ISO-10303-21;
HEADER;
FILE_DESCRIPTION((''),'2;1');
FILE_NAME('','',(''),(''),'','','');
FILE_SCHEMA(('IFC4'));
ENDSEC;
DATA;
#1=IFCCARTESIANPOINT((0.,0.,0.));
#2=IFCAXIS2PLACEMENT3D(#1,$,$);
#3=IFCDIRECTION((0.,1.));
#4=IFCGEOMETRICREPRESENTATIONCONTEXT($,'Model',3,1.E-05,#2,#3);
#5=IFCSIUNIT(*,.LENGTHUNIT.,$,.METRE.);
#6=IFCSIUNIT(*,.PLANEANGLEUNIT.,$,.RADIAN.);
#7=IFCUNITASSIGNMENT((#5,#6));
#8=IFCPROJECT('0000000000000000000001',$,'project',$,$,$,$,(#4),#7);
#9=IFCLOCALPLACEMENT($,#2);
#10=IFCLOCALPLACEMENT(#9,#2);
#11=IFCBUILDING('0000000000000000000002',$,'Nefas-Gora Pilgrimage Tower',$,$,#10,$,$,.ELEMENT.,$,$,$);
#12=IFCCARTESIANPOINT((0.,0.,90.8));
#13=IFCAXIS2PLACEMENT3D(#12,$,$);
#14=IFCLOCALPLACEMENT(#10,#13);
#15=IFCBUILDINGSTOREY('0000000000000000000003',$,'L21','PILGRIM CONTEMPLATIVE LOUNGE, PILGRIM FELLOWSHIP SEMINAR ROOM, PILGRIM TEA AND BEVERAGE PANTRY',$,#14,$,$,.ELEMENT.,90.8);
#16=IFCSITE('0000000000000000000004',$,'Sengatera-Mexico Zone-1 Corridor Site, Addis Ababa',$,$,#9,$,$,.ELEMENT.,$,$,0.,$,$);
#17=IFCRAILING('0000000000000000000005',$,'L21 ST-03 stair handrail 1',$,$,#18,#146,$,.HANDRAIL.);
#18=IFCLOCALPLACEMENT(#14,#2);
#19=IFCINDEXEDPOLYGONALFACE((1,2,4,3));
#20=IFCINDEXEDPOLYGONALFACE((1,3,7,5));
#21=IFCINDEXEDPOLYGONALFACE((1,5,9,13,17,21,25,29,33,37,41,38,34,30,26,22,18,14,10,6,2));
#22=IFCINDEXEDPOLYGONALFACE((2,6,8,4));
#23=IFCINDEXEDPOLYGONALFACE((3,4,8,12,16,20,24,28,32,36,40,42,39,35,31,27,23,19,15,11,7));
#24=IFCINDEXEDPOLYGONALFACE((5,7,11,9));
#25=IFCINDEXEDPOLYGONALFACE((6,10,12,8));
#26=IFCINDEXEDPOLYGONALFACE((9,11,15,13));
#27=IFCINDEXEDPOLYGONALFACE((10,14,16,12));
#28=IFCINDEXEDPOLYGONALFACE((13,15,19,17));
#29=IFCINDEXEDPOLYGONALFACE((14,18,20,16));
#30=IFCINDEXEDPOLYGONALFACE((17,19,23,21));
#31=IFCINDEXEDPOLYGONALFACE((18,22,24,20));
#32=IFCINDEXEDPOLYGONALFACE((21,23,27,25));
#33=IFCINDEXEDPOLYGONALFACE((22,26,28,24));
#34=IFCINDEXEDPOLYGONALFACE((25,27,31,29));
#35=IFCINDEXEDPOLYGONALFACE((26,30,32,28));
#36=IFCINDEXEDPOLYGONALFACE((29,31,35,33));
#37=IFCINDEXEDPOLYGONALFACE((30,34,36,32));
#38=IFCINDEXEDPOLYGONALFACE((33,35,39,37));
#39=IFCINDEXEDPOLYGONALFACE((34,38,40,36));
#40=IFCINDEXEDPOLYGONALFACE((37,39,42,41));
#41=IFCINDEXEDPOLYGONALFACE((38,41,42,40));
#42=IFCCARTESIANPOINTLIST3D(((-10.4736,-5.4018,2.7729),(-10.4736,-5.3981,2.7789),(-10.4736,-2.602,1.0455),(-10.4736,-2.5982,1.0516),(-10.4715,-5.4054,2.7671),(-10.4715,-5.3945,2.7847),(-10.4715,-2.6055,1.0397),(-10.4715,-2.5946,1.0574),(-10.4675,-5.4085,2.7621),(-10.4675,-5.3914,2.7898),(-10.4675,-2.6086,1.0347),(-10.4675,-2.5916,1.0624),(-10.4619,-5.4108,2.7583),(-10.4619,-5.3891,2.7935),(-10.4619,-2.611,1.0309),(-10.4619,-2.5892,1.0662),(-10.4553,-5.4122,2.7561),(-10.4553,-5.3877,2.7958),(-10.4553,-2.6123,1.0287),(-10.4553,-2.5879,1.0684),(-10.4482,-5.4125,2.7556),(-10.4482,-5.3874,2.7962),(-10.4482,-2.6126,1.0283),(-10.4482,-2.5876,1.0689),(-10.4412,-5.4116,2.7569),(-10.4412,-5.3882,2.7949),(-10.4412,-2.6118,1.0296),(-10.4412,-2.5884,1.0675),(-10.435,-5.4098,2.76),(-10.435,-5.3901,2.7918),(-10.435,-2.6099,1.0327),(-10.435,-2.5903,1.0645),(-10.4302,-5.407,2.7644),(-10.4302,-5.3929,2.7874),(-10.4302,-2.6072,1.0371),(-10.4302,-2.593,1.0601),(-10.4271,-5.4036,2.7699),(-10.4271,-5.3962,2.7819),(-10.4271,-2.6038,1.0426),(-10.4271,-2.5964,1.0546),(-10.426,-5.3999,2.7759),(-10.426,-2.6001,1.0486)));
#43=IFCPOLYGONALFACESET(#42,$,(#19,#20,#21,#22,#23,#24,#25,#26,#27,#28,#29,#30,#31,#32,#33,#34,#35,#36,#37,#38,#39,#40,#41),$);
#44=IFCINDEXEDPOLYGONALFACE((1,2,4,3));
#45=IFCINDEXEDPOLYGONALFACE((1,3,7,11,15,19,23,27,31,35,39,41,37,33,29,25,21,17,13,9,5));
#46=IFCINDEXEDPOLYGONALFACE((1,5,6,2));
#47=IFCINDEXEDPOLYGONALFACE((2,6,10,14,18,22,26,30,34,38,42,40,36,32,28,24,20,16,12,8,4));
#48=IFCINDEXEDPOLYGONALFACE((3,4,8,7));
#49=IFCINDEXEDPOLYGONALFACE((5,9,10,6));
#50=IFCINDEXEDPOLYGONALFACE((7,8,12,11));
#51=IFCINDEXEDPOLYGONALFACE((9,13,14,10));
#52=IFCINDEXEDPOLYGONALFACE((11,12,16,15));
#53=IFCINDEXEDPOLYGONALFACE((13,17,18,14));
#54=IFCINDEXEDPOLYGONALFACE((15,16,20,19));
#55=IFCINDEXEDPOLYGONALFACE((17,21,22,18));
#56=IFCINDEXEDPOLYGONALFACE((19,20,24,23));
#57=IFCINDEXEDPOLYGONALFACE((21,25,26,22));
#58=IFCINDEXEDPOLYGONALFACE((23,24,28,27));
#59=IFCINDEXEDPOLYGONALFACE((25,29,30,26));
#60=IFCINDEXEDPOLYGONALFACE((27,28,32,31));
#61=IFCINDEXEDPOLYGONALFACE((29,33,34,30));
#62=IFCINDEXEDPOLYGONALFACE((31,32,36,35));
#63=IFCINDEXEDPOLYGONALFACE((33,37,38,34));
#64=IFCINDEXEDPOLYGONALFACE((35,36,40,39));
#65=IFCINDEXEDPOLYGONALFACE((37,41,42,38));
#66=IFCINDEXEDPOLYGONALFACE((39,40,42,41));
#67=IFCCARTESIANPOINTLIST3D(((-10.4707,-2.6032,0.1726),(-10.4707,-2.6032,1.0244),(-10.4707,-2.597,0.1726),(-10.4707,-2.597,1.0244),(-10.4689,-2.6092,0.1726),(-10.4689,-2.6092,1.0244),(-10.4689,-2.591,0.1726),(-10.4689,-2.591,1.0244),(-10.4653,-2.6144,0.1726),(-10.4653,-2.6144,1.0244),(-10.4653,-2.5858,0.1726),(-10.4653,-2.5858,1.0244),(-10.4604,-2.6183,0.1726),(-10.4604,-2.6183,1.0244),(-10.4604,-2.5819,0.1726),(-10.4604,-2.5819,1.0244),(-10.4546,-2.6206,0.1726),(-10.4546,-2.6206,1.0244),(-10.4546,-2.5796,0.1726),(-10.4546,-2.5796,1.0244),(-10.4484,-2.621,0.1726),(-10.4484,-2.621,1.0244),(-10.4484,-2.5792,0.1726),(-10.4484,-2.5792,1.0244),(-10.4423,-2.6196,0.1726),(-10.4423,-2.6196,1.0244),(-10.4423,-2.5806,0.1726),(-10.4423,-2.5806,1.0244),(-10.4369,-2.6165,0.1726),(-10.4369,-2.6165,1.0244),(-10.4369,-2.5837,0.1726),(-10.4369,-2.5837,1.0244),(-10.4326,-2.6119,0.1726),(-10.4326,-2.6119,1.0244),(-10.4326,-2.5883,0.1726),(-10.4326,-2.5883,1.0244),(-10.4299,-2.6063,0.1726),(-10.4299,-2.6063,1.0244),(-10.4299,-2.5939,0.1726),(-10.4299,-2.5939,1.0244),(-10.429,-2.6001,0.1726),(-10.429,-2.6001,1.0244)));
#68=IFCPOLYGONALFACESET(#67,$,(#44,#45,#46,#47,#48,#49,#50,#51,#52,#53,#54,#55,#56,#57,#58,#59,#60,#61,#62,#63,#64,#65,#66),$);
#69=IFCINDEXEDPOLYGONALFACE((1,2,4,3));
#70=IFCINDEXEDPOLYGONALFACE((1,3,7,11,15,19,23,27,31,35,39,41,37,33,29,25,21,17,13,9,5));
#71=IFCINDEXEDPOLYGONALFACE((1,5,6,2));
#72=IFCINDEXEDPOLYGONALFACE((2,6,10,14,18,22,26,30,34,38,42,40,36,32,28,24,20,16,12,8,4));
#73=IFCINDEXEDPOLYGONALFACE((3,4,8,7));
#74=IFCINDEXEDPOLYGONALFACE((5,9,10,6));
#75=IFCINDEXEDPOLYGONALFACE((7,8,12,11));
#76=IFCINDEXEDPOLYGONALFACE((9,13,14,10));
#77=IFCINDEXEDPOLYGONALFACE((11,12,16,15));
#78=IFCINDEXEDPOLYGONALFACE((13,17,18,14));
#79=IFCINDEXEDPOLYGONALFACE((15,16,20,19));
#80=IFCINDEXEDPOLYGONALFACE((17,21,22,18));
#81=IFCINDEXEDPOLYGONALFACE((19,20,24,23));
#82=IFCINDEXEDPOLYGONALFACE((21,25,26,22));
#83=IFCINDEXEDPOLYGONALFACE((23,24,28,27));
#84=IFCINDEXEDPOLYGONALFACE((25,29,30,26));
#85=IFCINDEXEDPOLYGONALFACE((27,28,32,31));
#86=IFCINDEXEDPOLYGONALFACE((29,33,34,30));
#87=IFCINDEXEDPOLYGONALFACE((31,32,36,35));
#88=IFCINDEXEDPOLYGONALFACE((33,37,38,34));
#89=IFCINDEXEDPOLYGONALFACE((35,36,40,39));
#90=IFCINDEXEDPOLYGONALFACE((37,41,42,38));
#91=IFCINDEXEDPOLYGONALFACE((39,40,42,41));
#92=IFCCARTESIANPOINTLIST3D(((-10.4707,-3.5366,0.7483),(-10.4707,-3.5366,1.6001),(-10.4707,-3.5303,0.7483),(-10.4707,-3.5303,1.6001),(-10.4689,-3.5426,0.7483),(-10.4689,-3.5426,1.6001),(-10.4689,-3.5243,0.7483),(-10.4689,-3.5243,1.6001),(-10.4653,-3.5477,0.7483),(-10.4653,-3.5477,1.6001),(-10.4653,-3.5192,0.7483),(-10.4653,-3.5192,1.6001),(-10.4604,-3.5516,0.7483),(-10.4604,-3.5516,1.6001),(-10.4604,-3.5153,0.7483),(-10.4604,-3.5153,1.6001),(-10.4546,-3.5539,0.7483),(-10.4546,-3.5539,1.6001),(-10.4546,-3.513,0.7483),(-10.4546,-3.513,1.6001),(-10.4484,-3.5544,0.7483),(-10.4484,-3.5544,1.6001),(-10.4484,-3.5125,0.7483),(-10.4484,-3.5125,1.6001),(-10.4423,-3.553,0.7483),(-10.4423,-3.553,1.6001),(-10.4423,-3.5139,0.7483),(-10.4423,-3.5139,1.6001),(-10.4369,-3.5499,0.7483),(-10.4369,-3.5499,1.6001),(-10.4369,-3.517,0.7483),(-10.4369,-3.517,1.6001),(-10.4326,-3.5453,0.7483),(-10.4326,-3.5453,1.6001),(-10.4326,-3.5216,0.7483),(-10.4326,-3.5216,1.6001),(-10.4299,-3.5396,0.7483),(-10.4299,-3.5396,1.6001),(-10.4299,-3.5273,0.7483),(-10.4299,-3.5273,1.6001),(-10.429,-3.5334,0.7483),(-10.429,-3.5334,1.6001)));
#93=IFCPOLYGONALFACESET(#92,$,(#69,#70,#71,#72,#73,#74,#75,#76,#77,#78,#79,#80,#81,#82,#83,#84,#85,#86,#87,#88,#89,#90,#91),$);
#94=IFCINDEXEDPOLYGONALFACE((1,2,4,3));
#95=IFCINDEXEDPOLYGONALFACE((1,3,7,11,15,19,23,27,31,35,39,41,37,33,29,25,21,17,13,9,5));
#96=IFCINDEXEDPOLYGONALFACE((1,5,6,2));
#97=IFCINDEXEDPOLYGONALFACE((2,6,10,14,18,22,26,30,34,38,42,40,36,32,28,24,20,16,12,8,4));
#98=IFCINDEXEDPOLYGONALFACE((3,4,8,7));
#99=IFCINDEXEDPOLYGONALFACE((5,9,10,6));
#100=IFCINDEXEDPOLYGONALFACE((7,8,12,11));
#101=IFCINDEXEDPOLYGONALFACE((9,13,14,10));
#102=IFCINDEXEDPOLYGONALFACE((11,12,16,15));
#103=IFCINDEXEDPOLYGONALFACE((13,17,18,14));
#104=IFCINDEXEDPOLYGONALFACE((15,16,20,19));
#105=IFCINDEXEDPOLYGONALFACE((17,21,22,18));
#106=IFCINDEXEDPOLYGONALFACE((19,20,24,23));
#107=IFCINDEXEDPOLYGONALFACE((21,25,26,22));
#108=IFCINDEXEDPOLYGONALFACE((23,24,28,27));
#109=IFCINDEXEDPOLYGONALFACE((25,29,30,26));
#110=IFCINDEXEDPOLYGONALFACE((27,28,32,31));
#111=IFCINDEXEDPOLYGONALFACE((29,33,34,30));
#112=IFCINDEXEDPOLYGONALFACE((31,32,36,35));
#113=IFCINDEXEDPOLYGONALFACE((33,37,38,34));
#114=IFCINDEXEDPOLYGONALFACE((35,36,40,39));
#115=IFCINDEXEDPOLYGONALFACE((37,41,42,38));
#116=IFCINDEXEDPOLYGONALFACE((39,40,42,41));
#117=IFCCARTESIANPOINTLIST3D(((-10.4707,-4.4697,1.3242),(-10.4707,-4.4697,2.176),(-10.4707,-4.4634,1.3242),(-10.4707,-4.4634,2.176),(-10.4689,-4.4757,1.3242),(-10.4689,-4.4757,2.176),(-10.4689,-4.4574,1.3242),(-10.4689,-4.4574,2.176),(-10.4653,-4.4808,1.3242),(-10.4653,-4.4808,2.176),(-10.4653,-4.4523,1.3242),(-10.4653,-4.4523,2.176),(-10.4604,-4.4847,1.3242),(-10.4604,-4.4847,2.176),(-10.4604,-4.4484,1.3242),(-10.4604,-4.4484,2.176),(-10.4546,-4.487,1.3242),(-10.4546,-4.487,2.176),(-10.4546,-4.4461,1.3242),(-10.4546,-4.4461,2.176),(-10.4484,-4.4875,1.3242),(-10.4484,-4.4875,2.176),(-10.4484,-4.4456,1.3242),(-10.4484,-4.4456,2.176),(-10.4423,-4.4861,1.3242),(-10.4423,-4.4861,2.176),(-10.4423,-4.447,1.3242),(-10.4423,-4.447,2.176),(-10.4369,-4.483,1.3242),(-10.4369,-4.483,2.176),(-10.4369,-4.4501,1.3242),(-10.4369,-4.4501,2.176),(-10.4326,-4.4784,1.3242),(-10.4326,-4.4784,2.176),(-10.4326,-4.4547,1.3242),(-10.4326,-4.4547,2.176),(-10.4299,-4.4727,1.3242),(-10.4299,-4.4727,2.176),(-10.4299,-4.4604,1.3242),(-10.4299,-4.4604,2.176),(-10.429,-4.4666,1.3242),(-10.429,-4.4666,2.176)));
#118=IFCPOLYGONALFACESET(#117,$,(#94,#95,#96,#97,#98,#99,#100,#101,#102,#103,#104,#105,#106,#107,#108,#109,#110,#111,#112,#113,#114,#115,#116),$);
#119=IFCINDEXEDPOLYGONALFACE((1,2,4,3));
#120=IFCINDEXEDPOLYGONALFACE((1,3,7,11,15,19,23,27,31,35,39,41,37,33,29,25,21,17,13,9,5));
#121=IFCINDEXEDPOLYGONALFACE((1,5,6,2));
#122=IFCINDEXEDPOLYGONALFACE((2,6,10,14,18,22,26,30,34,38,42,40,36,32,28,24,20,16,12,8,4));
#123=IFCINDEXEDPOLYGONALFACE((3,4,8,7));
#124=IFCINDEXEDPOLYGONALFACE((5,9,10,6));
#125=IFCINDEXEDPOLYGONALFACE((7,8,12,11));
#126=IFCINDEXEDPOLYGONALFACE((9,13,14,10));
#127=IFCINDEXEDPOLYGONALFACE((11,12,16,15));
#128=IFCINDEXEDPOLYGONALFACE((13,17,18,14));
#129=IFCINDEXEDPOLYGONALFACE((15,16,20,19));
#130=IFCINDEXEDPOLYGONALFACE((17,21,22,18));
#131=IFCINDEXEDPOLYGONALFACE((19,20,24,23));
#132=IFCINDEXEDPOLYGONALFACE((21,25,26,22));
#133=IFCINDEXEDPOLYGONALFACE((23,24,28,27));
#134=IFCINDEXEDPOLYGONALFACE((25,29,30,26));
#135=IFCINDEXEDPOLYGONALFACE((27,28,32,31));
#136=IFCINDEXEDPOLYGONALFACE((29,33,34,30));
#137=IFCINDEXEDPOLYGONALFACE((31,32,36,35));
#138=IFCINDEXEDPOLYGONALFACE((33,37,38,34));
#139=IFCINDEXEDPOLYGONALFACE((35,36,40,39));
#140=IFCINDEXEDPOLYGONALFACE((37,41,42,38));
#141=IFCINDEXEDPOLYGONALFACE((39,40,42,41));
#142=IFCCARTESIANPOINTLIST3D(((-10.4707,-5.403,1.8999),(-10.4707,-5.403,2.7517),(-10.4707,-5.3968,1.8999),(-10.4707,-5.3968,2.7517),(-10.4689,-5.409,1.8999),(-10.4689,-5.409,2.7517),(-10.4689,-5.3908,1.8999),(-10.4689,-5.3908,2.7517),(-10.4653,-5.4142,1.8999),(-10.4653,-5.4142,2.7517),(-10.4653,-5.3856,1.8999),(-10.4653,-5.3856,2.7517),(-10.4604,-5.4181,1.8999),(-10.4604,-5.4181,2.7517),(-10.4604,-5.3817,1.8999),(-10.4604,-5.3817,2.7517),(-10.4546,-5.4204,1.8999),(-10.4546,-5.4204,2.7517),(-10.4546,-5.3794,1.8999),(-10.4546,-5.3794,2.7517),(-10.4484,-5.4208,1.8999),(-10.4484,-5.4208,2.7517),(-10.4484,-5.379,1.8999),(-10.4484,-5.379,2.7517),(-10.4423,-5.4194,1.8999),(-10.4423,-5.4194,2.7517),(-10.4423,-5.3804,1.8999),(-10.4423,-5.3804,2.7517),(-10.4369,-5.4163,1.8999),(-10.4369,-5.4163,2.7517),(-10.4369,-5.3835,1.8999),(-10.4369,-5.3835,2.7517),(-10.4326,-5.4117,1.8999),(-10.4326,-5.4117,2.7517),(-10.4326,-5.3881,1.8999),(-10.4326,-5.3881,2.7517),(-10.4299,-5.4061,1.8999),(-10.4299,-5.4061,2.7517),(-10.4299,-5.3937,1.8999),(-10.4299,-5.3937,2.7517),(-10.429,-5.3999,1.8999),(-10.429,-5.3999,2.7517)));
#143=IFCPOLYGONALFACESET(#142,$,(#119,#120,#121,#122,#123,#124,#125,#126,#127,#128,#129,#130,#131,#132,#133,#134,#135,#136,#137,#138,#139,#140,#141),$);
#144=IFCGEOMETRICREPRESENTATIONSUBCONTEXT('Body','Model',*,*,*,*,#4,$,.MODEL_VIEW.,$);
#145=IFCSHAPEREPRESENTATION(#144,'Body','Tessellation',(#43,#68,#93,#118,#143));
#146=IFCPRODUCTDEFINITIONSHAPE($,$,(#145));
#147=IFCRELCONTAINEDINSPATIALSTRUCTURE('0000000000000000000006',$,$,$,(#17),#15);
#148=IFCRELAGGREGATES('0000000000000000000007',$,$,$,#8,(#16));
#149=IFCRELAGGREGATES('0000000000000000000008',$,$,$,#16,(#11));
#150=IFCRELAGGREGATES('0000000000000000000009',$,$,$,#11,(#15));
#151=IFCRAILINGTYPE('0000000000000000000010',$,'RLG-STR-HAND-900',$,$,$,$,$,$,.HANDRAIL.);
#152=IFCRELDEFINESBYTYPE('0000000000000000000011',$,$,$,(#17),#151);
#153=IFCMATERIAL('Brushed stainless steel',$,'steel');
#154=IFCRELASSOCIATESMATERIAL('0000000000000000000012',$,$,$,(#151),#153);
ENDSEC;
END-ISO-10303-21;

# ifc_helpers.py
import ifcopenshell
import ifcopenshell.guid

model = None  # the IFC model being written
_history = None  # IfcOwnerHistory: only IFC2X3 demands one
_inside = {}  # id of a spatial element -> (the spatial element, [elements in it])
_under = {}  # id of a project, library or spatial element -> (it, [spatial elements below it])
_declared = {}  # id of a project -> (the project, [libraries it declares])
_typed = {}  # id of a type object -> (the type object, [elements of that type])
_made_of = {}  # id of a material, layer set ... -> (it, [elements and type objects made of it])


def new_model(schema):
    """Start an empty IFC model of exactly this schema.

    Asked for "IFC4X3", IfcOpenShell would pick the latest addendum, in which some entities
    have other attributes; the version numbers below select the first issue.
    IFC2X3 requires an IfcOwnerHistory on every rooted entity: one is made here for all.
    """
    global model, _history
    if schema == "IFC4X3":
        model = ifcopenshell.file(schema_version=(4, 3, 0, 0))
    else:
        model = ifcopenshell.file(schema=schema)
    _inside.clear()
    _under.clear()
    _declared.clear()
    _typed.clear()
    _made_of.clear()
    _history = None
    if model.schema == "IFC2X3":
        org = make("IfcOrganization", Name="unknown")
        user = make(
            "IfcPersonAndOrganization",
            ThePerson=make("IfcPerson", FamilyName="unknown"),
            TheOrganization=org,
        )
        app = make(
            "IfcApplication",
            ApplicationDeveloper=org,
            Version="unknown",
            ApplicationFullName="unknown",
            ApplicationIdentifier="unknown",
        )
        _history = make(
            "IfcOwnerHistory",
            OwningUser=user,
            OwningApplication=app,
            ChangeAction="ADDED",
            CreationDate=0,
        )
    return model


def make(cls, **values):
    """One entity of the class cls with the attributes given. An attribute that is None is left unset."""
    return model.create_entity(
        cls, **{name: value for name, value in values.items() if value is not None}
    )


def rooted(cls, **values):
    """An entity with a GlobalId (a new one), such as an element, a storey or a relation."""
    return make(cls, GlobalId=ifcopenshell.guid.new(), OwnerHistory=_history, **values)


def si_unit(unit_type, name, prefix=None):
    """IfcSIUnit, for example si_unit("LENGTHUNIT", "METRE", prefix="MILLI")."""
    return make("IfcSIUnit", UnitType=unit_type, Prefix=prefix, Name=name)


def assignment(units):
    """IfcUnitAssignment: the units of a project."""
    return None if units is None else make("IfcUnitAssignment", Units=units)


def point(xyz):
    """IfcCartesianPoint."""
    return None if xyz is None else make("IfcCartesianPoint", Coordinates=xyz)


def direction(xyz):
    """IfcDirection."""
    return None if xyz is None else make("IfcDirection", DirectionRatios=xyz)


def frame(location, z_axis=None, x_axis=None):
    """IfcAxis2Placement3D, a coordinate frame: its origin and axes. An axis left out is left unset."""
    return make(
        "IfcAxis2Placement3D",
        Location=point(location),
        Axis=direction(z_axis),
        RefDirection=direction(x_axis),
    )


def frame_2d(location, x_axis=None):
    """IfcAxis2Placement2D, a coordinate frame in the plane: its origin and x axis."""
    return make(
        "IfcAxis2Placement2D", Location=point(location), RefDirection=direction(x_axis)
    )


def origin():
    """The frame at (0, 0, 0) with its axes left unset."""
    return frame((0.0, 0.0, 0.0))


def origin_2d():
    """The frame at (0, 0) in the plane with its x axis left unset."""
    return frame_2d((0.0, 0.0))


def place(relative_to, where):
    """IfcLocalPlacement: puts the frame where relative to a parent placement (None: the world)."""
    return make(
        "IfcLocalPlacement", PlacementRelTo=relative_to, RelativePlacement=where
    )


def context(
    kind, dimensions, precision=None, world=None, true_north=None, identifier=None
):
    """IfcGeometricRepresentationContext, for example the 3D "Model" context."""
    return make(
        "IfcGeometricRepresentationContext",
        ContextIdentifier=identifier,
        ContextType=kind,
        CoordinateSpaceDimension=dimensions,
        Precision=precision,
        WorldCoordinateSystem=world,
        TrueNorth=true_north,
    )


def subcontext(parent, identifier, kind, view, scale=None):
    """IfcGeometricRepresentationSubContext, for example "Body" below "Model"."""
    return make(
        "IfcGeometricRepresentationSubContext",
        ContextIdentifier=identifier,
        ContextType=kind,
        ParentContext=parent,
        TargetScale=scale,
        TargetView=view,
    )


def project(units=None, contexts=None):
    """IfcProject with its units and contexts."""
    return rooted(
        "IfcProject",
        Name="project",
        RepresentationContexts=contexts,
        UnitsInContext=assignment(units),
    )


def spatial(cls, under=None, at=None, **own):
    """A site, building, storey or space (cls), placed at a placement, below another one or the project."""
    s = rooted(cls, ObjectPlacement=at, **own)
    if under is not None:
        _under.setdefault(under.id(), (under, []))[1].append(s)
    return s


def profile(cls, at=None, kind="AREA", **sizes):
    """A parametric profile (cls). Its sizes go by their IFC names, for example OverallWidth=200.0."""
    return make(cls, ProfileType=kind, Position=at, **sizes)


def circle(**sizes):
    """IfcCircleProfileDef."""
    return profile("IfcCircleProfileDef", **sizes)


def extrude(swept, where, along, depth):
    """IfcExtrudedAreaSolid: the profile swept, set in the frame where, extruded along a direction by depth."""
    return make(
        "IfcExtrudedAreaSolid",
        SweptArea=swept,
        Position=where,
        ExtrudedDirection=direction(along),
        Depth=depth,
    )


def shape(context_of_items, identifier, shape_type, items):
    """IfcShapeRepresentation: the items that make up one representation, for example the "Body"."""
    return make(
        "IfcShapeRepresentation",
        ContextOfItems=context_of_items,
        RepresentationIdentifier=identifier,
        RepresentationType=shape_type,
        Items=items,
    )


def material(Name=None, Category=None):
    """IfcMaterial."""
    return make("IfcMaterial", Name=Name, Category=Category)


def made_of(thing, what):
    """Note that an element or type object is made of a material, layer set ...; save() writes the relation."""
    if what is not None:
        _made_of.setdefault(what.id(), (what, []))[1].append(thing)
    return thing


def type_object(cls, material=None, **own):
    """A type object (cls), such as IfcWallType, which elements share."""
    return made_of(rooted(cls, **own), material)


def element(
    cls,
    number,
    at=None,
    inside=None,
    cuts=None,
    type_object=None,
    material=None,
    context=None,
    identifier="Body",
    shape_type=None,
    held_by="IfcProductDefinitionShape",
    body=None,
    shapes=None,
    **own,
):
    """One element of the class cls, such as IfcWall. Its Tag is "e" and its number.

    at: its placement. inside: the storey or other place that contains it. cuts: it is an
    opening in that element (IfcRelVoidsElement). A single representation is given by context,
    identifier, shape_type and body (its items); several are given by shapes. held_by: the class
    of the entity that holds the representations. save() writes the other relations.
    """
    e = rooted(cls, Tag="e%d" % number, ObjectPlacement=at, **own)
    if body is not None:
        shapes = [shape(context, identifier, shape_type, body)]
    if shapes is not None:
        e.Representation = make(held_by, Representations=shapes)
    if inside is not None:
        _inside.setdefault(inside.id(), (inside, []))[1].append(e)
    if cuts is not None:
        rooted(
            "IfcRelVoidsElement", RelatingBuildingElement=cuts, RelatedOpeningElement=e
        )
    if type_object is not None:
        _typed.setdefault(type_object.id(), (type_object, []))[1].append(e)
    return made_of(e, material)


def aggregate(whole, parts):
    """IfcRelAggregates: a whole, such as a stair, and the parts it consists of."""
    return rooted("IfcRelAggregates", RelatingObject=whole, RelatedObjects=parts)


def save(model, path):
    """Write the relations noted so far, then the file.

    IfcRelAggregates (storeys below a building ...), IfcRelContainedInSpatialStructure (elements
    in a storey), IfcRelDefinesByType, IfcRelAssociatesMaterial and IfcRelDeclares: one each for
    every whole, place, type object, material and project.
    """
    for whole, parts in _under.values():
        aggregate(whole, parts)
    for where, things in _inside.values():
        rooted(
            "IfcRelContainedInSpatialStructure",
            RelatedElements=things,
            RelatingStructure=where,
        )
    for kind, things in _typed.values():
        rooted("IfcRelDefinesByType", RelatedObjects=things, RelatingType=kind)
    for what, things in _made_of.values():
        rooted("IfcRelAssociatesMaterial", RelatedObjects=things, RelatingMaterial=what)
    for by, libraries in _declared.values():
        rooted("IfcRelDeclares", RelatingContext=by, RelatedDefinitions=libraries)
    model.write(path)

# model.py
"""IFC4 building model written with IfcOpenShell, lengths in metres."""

from ifc_helpers import new_model, si_unit, direction, frame, origin, origin_2d, place, context, subcontext, project, spatial, circle, extrude, material, type_object, element, save


model = new_model("IFC4")

# Units and contexts
model_context = context("Model", 3, precision=1e-05, world=origin(), true_north=direction((0.0, 1.0)))
body_context = subcontext(model_context, "Body", "Model", "MODEL_VIEW")
ifc_project = project(units=[si_unit("LENGTHUNIT", "METRE"), si_unit("PLANEANGLEUNIT", "RADIAN")], contexts=[model_context])

# Site, building, storey
site_placement = place(None, origin())
site = spatial("IfcSite", under=ifc_project, at=site_placement, Name="Sengatera-Mexico Zone-1 Corridor Site, Addis Ababa", CompositionType="ELEMENT", RefElevation=0.0)
building_placement = place(site_placement, origin())
building = spatial("IfcBuilding", under=site, at=building_placement, Name="Nefas-Gora Pilgrimage Tower", CompositionType="ELEMENT")
storey_placement = place(building_placement, frame((0.0, 0.0, 90.8)))
storey = spatial("IfcBuildingStorey", under=building, at=storey_placement, Name="L21", Description="PILGRIM CONTEMPLATIVE LOUNGE, PILGRIM FELLOWSHIP SEMINAR ROOM, PILGRIM TEA AND BEVERAGE PANTRY", CompositionType="ELEMENT", Elevation=90.8)

# Railing
ifc_material_1 = material(Name="Brushed stainless steel", Category="steel")
railing_type_1 = type_object("IfcRailingType", Name="RLG-STR-HAND-900", PredefinedType="HANDRAIL", material=ifc_material_1)
railing_1_placement = place(storey_placement, frame((-10.45, -2.6001, 0.1726)))
element("IfcRailing", 1, at=railing_1_placement, inside=storey, type_object=railing_type_1, Name="L21 ST-03 stair handrail 1", PredefinedType="HANDRAIL", context=body_context, shape_type="SweptSolid", body=[
    extrude(circle(Radius=0.0239, at=origin_2d()), frame((0.0, 0.0, 0.876), z_axis=(0.0, -0.851069, 0.525054), x_axis=(1.0, 0.0, 0.0)), (0.0, 0.0, 1.0), 3.2898),
    extrude(circle(Radius=0.021, at=origin_2d()), origin(), (0.0, 0.0, 1.0), 0.8518),
    extrude(circle(Radius=0.021, at=origin_2d()), frame((0.0, -0.9333, 0.5757)), (0.0, 0.0, 1.0), 0.8518),
    extrude(circle(Radius=0.021, at=origin_2d()), frame((0.0, -1.8665, 1.1516)), (0.0, 0.0, 1.0), 0.8518),
    extrude(circle(Radius=0.021, at=origin_2d()), frame((0.0, -2.7998, 1.7273)), (0.0, 0.0, 1.0), 0.8518),
])

save(model, "model.ifc")
